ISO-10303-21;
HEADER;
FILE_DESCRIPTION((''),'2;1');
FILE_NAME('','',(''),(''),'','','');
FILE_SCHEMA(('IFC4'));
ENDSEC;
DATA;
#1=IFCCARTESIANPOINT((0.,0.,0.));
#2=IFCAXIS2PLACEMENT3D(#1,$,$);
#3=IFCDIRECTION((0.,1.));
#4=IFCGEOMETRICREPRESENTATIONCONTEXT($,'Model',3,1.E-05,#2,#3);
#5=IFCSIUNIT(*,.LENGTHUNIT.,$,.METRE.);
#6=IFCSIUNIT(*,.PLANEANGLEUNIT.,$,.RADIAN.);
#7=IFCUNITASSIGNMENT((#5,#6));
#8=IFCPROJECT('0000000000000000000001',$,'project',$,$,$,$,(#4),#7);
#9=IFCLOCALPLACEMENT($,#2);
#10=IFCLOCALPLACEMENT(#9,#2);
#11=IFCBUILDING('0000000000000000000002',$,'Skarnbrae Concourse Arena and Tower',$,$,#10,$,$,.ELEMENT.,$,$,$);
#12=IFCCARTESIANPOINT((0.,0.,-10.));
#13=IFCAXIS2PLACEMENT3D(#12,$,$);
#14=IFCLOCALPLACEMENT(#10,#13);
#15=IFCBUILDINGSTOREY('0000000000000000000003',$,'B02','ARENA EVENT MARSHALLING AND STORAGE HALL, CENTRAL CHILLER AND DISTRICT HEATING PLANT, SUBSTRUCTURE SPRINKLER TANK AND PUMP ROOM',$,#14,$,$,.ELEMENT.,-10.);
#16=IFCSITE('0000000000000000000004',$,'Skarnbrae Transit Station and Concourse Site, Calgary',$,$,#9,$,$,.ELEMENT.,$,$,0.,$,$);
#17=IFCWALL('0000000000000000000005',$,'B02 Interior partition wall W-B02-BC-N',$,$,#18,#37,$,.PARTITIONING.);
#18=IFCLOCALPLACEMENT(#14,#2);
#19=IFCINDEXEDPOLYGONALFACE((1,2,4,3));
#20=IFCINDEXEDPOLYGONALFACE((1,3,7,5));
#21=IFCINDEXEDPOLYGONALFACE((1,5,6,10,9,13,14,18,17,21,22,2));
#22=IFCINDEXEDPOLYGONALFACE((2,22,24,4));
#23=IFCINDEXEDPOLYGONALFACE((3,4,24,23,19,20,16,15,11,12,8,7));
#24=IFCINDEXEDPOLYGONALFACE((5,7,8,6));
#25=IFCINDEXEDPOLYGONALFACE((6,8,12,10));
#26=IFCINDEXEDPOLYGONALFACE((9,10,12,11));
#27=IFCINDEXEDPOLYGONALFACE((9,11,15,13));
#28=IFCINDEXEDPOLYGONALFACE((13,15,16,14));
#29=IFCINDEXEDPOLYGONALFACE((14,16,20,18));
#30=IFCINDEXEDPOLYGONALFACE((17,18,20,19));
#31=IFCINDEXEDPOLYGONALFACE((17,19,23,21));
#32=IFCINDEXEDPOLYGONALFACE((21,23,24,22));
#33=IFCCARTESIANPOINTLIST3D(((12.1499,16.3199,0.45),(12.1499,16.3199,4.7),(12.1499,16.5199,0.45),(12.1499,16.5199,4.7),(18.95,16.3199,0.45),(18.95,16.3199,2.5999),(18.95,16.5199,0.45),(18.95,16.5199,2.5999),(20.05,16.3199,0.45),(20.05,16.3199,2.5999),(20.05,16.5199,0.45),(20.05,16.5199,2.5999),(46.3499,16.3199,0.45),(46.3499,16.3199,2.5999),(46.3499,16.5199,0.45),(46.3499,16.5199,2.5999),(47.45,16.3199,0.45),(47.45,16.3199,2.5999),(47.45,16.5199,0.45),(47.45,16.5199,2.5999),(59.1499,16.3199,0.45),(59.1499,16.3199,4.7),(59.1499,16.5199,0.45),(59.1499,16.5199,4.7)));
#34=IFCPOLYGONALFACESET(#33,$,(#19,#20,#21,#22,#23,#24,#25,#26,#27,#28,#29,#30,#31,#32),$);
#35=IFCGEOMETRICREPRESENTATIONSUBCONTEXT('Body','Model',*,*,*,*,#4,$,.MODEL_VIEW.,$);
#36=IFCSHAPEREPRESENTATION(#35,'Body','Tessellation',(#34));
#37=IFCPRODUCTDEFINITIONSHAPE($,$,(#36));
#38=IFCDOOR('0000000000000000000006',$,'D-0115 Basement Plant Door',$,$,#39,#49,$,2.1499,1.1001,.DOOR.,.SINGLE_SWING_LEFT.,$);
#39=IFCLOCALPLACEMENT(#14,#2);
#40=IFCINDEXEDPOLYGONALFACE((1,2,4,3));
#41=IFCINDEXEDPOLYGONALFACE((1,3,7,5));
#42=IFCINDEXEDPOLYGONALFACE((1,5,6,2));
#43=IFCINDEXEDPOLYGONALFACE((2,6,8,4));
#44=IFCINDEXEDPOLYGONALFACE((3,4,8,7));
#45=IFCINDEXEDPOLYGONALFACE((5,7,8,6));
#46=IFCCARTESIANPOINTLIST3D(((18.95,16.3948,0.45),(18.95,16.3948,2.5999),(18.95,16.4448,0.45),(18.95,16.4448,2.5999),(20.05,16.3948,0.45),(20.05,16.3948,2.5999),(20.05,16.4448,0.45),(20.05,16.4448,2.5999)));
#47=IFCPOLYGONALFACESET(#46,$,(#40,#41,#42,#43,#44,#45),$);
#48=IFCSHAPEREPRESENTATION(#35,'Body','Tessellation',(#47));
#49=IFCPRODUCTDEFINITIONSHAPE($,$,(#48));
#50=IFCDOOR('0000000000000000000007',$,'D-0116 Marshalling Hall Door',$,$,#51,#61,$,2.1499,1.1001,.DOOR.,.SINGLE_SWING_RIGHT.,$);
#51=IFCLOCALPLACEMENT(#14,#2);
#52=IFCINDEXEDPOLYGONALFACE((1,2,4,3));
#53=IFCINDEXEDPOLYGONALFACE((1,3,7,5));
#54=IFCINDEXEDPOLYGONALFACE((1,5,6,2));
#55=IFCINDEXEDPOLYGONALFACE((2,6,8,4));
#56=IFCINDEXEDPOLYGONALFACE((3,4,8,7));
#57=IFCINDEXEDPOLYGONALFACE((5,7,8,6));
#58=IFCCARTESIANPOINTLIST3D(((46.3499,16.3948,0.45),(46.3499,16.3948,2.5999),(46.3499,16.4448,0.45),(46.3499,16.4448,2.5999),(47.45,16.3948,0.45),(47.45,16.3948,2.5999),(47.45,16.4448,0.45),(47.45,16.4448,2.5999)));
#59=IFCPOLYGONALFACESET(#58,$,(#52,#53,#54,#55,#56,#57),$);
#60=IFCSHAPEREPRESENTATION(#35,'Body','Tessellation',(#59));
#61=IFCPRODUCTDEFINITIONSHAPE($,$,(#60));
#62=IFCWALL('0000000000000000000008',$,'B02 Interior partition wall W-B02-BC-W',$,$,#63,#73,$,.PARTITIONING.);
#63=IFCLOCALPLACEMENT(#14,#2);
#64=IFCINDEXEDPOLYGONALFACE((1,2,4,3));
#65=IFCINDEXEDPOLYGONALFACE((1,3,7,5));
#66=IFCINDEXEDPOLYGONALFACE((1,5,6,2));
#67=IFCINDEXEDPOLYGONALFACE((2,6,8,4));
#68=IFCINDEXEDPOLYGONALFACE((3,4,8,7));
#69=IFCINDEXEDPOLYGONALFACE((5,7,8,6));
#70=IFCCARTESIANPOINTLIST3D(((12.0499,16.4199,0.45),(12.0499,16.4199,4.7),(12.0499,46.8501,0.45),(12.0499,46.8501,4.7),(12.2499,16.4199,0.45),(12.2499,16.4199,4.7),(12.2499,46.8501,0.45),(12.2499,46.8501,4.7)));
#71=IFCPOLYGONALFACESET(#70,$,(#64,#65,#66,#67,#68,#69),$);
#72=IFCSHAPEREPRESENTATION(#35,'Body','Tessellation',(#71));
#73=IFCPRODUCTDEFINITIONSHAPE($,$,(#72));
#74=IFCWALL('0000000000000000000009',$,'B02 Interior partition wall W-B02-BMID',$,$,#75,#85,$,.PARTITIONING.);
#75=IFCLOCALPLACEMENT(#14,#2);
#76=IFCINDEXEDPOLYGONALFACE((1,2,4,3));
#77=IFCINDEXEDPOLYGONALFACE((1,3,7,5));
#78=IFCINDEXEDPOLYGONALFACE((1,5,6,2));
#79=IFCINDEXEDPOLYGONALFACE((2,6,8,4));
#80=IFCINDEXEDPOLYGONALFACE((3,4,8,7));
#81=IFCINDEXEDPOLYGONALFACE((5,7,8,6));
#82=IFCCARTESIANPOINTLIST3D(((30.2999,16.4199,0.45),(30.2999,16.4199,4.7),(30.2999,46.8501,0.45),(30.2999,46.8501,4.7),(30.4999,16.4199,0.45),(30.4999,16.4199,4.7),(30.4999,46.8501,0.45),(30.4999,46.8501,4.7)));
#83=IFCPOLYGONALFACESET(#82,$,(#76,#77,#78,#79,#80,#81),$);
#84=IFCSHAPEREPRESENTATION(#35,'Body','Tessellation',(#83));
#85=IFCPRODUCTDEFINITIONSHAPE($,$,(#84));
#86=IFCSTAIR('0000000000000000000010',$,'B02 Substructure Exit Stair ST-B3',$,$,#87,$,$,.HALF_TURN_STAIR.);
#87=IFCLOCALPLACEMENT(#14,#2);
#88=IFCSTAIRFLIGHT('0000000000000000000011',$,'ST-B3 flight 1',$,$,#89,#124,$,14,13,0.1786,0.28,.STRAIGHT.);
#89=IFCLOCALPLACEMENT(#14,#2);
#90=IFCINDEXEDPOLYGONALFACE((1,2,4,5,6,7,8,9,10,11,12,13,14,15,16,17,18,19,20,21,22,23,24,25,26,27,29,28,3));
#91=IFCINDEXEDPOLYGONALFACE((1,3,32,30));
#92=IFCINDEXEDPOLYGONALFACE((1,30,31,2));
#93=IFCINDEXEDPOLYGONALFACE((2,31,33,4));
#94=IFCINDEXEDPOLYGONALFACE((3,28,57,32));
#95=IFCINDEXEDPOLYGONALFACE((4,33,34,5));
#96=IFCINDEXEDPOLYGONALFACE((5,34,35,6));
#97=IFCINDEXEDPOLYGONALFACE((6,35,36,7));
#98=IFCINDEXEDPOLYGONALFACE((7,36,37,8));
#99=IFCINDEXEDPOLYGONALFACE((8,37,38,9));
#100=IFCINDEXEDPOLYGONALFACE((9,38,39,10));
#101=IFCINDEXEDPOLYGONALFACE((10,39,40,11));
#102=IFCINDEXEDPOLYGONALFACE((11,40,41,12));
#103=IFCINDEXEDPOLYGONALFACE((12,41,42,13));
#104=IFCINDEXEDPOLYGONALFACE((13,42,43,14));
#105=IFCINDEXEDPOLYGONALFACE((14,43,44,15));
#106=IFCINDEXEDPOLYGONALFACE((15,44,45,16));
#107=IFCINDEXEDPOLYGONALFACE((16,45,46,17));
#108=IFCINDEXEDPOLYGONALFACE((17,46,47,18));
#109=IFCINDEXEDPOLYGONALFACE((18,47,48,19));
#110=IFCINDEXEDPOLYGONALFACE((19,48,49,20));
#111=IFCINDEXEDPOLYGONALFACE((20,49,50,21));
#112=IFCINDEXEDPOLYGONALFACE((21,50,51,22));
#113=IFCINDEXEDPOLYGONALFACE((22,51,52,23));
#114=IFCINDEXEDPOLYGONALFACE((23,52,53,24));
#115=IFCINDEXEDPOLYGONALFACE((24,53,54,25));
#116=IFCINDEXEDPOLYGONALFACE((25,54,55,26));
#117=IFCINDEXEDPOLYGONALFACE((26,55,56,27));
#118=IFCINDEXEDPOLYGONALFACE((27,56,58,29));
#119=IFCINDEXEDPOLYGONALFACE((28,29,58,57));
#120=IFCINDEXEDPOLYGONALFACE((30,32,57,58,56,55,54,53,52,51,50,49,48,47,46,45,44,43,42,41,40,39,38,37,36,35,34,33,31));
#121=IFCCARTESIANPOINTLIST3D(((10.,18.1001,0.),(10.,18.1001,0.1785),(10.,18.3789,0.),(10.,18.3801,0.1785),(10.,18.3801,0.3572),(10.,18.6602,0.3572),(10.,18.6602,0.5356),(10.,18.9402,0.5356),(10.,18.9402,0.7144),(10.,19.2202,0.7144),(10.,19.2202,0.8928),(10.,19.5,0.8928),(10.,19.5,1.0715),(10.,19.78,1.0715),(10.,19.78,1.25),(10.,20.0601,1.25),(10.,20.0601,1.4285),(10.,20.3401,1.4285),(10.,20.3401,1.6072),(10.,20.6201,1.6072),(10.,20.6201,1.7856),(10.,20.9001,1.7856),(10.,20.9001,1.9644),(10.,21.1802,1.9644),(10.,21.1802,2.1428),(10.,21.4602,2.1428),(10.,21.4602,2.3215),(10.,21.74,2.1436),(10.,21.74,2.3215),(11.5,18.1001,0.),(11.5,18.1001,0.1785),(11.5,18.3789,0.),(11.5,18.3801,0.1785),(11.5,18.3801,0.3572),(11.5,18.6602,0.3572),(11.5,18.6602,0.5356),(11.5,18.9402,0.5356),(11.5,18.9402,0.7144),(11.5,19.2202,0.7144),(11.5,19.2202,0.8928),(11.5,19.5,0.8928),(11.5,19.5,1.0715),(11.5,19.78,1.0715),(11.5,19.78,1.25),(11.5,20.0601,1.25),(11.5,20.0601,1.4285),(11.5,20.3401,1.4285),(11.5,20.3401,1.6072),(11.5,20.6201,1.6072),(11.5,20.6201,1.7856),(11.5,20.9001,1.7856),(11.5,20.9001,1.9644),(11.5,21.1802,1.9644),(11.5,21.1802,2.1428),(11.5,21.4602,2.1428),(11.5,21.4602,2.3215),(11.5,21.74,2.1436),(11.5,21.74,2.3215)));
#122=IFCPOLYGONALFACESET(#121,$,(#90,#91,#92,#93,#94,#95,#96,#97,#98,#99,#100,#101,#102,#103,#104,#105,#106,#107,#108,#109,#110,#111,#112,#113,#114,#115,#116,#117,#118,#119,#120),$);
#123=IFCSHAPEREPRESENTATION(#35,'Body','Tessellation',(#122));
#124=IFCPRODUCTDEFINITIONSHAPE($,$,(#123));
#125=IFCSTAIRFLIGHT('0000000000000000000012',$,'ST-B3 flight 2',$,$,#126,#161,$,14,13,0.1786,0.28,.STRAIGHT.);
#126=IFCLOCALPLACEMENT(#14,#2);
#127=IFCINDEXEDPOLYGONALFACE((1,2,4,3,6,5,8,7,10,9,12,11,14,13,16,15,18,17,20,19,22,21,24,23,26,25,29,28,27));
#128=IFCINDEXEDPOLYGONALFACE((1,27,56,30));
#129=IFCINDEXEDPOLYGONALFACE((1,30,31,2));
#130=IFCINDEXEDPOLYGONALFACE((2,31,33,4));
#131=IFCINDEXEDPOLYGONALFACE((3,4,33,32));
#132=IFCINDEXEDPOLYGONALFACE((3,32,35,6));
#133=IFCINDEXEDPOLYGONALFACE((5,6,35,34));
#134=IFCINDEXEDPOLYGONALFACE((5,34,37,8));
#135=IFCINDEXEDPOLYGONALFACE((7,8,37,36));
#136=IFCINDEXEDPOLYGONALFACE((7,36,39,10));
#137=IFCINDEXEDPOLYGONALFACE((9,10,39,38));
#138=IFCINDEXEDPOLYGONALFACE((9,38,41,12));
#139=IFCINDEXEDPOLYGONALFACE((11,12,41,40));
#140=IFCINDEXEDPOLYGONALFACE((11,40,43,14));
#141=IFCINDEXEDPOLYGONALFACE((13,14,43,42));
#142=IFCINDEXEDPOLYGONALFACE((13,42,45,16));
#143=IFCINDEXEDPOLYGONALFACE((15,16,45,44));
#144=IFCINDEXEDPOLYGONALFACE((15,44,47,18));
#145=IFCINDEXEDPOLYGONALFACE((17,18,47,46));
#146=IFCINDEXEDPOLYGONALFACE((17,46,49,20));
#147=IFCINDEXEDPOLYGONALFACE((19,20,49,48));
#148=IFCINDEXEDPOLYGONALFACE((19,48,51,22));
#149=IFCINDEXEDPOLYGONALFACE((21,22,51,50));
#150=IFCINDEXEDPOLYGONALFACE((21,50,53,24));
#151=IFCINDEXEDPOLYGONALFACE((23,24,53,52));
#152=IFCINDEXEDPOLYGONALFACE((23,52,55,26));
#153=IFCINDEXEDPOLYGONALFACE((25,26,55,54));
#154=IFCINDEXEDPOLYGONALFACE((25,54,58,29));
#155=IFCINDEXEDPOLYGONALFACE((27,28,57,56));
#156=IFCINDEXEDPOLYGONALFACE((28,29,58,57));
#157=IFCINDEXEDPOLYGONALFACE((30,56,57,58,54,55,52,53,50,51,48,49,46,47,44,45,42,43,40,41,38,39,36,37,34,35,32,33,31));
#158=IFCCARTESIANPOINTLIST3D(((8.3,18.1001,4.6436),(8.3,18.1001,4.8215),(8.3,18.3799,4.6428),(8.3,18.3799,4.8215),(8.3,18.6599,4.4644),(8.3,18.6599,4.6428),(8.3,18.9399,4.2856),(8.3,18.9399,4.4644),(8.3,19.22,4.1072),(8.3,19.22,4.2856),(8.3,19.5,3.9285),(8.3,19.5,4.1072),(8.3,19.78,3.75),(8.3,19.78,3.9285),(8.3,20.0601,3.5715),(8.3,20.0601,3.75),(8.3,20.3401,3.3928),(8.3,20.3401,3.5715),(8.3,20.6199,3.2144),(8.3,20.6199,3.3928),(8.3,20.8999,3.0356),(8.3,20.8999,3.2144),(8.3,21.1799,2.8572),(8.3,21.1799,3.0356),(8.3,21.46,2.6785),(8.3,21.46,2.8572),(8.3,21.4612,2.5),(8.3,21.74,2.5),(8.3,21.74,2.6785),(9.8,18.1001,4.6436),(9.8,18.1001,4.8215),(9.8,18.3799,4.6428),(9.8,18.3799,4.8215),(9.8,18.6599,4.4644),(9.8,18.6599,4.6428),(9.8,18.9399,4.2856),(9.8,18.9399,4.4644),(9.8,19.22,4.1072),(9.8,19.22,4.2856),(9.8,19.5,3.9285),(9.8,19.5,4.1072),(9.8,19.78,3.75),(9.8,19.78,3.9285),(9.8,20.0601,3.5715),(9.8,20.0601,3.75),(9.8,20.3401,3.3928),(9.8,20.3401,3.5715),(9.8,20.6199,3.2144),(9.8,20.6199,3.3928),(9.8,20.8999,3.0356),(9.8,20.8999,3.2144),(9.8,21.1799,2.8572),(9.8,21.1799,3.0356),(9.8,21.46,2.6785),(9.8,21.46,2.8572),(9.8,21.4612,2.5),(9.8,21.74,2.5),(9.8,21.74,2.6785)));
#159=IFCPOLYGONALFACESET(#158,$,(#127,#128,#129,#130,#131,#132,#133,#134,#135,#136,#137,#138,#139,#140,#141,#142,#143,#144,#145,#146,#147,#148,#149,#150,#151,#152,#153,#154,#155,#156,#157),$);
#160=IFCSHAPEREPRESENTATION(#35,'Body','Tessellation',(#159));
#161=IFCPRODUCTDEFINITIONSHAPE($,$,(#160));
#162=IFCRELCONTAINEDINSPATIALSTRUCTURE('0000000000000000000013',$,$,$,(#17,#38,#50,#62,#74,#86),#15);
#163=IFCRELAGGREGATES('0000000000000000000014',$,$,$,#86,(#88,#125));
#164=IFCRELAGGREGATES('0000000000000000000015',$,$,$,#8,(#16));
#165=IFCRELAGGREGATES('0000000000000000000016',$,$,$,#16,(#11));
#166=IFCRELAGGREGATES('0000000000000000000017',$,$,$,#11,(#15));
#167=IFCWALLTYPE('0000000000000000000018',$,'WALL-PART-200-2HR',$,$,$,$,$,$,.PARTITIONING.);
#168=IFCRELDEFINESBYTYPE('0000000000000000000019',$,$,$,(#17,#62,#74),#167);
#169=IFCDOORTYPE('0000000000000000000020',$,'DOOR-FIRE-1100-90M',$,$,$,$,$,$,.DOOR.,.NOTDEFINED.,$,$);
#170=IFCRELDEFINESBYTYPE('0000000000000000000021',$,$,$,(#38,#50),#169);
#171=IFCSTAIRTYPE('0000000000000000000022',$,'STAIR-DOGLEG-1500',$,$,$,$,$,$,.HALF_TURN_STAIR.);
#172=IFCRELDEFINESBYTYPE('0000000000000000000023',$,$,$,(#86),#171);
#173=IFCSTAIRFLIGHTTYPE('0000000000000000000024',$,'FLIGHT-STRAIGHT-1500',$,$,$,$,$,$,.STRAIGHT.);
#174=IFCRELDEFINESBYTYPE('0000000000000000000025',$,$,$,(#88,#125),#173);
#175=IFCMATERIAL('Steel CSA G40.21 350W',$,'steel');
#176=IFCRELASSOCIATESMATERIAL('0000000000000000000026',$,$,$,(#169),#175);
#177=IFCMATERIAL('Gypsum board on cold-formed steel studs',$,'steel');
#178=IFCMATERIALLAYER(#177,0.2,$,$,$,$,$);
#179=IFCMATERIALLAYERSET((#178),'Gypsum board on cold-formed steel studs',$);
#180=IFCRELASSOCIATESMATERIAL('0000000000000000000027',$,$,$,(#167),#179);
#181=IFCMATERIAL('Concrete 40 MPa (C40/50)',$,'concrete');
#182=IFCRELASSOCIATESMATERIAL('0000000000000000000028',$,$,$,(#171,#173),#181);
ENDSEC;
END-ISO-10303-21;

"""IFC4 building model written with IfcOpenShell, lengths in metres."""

from ifc_helpers import new_model, si_unit, direction, frame, frame_2d, origin, place, context, subcontext, project, spatial, polyline, rectangle, outline, extrude, source, transform, mapped, material, layer, layer_set, type_object, element, fill, aggregate, save


model = new_model("IFC4")

# Units and contexts
model_context = context("Model", 3, precision=1e-05, world=origin(), true_north=direction((0.0, 1.0)))
body_context = subcontext(model_context, "Body", "Model", "MODEL_VIEW")
ifc_project = project(units=[si_unit("LENGTHUNIT", "METRE"), si_unit("PLANEANGLEUNIT", "RADIAN")], contexts=[model_context])

# Site, building, storey
site_placement = place(None, origin())
site = spatial("IfcSite", under=ifc_project, at=site_placement, Name="Skarnbrae Transit Station and Concourse Site, Calgary", CompositionType="ELEMENT", RefElevation=0.0)
building_placement = place(site_placement, origin())
building = spatial("IfcBuilding", under=site, at=building_placement, Name="Skarnbrae Concourse Arena and Tower", CompositionType="ELEMENT")
storey_placement = place(building_placement, frame((0.0, 0.0, -10.0)))
storey = spatial("IfcBuildingStorey", under=building, at=storey_placement, Name="B02", Description="ARENA EVENT MARSHALLING AND STORAGE HALL, CENTRAL CHILLER AND DISTRICT HEATING PLANT, SUBSTRUCTURE SPRINKLER TANK AND PUMP ROOM", CompositionType="ELEMENT", Elevation=-10.0)

# Shared definitions
ifc_material_1 = material(Name="Steel CSA G40.21 350W", Category="steel")

# Shared definitions
door_type = type_object("IfcDoorType", Name="DOOR-FIRE-1100-90M", OperationType="NOTDEFINED", PredefinedType="DOOR", material=ifc_material_1)
shared_shape_1 = source(origin(), body_context, "Body", "SweptSolid", [
    extrude(rectangle(XDim=1.1001, YDim=2.1499, at=frame_2d((0.55, 1.075))), frame((0.0, 0.0249, 0.0), z_axis=(0.0, -1.0, 0.0), x_axis=(1.0, 0.0, 0.0)), (0.0, 0.0, 1.0), 0.05),
])

# Wall, openings, doors
ifc_material_2 = material(Name="Gypsum board on cold-formed steel studs", Category="steel")
ifc_layer_1 = layer(ifc_material_2, 0.2)
ifc_layer_set_1 = layer_set([ifc_layer_1], Name="Gypsum board on cold-formed steel studs")
wall_type_1 = type_object("IfcWallType", Name="WALL-PART-200-2HR", PredefinedType="PARTITIONING", material=ifc_layer_set_1)
shared_shape_2 = source(origin(), body_context, "Body", "SweptSolid", [
    extrude(rectangle(XDim=47.0, YDim=0.2, at=frame_2d((23.5, 0.0))), origin(), (0.0, 0.0, 1.0), 4.25),
])
wall_1_placement = place(storey_placement, frame((12.1499, 16.4199, 0.45), z_axis=(0.0, 0.0, 1.0), x_axis=(1.0, 0.0, 0.0)))
wall_1 = element("IfcWall", 1, at=wall_1_placement, inside=storey, type_object=wall_type_1, Name="B02 Interior partition wall W-B02-BC-N", PredefinedType="PARTITIONING", context=body_context, shape_type="MappedRepresentation", body=[
    mapped(shared_shape_2, transform((0.0, 0.0, 0.0))),
])
opening_1_placement = place(wall_1_placement, frame((6.8, 0.0, 0.0)))
opening_1 = element("IfcOpeningElement", 2, at=opening_1_placement, cuts=wall_1, PredefinedType="OPENING", context=body_context, shape_type="SweptSolid", body=[
    extrude(rectangle(XDim=1.1001, YDim=2.1499, at=frame_2d((0.55, 1.075))), frame((0.0, 0.1099, 0.0), z_axis=(0.0, -1.0, 0.0), x_axis=(1.0, 0.0, 0.0)), (0.0, 0.0, 1.0), 0.22),
])
opening_2_placement = place(wall_1_placement, frame((34.2, 0.0, 0.0)))
opening_2 = element("IfcOpeningElement", 3, at=opening_2_placement, cuts=wall_1, PredefinedType="OPENING", context=body_context, shape_type="SweptSolid", body=[
    extrude(rectangle(XDim=1.1001, YDim=2.1499, at=frame_2d((0.55, 1.075))), frame((0.0, 0.1099, 0.0), z_axis=(0.0, -1.0, 0.0), x_axis=(1.0, 0.0, 0.0)), (0.0, 0.0, 1.0), 0.22),
])
door_1_placement = place(opening_1_placement, origin())
door_1 = element("IfcDoor", 4, at=door_1_placement, inside=storey, type_object=door_type, Name="D-0115 Basement Plant Door", OperationType="SINGLE_SWING_LEFT", OverallHeight=2.1499, OverallWidth=1.1001, PredefinedType="DOOR", context=body_context, shape_type="MappedRepresentation", body=[
    mapped(shared_shape_1, transform((0.0, 0.0, 0.0))),
])
fill(opening_1, door_1)
door_2_placement = place(opening_2_placement, origin())
door_2 = element("IfcDoor", 5, at=door_2_placement, inside=storey, type_object=door_type, Name="D-0116 Marshalling Hall Door", OperationType="SINGLE_SWING_RIGHT", OverallHeight=2.1499, OverallWidth=1.1001, PredefinedType="DOOR", context=body_context, shape_type="MappedRepresentation", body=[
    mapped(shared_shape_1, transform((0.0, 0.0, 0.0))),
])
fill(opening_2, door_2)

# Walls
shared_shape_3 = source(origin(), body_context, "Body", "SweptSolid", [
    extrude(rectangle(XDim=30.4302, YDim=0.2, at=frame_2d((15.2151, 0.0))), origin(), (0.0, 0.0, 1.0), 4.25),
])
for number, where, z_axis, x_axis, name in (
    (6, (12.1499, 16.4199, 0.45), (0.0, 0.0, 1.0), (0.0, 1.0, 0.0), "B02 Interior partition wall W-B02-BC-W"),
    (7, (30.3999, 16.4199, 0.45), (0.0, 0.0, 1.0), (0.0, 1.0, 0.0), "B02 Interior partition wall W-B02-BMID"),
):
    element("IfcWall", number, at=place(storey_placement, frame(where, z_axis=z_axis, x_axis=x_axis)), inside=storey, type_object=wall_type_1, Name=name, PredefinedType="PARTITIONING", context=body_context, shape_type="MappedRepresentation", body=[
        mapped(shared_shape_3, transform((0.0, 0.0, 0.0))),
    ])

# Stair, stair flights
ifc_material_3 = material(Name="Concrete 40 MPa (C40/50)", Category="concrete")
stair_type = type_object("IfcStairType", Name="STAIR-DOGLEG-1500", PredefinedType="HALF_TURN_STAIR", material=ifc_material_3)
stair_placement = place(storey_placement, origin())
stair = element("IfcStair", 8, at=stair_placement, inside=storey, type_object=stair_type, Name="B02 Substructure Exit Stair ST-B3", PredefinedType="HALF_TURN_STAIR")
stair_flight_type = type_object("IfcStairFlightType", Name="FLIGHT-STRAIGHT-1500", PredefinedType="STRAIGHT", material=ifc_material_3)
shared_shape_4 = source(origin(), body_context, "Body", "SweptSolid", [
    extrude(outline(polyline([(0.0, 0.0), (0.0, 0.1785), (0.28, 0.1785), (0.28, 0.3572), (0.5601, 0.3572), (0.5601, 0.5356), (0.8401, 0.5356), (0.8401, 0.7144), (1.1201, 0.7144), (1.1201, 0.8928), (1.3999, 0.8928), (1.3999, 1.0715), (1.6799, 1.0715), (1.6799, 1.25), (1.96, 1.25), (1.96, 1.4285), (2.24, 1.4285), (2.24, 1.6072), (2.52, 1.6072), (2.52, 1.7856), (2.8, 1.7856), (2.8, 1.9644), (3.0801, 1.9644), (3.0801, 2.1428), (3.3601, 2.1428), (3.3601, 2.3215), (3.6399, 2.3215), (3.6399, 2.5), (3.6399, 2.1436), (0.2788, 0.0), (0.0, 0.0)])), frame((0.0, 0.75, 0.0), z_axis=(0.0, -1.0, 0.0), x_axis=(1.0, 0.0, 0.0)), (0.0, 0.0, 1.0), 1.5),
])
stair_flight_1_placement = place(storey_placement, frame((10.75, 18.1001, 0.0), z_axis=(0.0, 0.0, 1.0), x_axis=(0.0, 1.0, 0.0)))
stair_flight_1 = element("IfcStairFlight", 9, at=stair_flight_1_placement, type_object=stair_flight_type, Name="ST-B3 flight 1", NumberOfRisers=14, NumberOfTreads=13, PredefinedType="STRAIGHT", RiserHeight=0.1786, TreadLength=0.28, context=body_context, shape_type="MappedRepresentation", body=[
    mapped(shared_shape_4, transform((0.0, 0.0, 0.0))),
])
stair_flight_2_placement = place(storey_placement, frame((9.05, 21.74, 2.5), z_axis=(0.0, 0.0, 1.0), x_axis=(0.0, -1.0, 0.0)))
stair_flight_2 = element("IfcStairFlight", 10, at=stair_flight_2_placement, type_object=stair_flight_type, Name="ST-B3 flight 2", NumberOfRisers=14, NumberOfTreads=13, PredefinedType="STRAIGHT", RiserHeight=0.1786, TreadLength=0.28, context=body_context, shape_type="MappedRepresentation", body=[
    mapped(shared_shape_4, transform((0.0, 0.0, 0.0))),
])
aggregate(stair, [stair_flight_1, stair_flight_2])

save(model, "model.ifc")
